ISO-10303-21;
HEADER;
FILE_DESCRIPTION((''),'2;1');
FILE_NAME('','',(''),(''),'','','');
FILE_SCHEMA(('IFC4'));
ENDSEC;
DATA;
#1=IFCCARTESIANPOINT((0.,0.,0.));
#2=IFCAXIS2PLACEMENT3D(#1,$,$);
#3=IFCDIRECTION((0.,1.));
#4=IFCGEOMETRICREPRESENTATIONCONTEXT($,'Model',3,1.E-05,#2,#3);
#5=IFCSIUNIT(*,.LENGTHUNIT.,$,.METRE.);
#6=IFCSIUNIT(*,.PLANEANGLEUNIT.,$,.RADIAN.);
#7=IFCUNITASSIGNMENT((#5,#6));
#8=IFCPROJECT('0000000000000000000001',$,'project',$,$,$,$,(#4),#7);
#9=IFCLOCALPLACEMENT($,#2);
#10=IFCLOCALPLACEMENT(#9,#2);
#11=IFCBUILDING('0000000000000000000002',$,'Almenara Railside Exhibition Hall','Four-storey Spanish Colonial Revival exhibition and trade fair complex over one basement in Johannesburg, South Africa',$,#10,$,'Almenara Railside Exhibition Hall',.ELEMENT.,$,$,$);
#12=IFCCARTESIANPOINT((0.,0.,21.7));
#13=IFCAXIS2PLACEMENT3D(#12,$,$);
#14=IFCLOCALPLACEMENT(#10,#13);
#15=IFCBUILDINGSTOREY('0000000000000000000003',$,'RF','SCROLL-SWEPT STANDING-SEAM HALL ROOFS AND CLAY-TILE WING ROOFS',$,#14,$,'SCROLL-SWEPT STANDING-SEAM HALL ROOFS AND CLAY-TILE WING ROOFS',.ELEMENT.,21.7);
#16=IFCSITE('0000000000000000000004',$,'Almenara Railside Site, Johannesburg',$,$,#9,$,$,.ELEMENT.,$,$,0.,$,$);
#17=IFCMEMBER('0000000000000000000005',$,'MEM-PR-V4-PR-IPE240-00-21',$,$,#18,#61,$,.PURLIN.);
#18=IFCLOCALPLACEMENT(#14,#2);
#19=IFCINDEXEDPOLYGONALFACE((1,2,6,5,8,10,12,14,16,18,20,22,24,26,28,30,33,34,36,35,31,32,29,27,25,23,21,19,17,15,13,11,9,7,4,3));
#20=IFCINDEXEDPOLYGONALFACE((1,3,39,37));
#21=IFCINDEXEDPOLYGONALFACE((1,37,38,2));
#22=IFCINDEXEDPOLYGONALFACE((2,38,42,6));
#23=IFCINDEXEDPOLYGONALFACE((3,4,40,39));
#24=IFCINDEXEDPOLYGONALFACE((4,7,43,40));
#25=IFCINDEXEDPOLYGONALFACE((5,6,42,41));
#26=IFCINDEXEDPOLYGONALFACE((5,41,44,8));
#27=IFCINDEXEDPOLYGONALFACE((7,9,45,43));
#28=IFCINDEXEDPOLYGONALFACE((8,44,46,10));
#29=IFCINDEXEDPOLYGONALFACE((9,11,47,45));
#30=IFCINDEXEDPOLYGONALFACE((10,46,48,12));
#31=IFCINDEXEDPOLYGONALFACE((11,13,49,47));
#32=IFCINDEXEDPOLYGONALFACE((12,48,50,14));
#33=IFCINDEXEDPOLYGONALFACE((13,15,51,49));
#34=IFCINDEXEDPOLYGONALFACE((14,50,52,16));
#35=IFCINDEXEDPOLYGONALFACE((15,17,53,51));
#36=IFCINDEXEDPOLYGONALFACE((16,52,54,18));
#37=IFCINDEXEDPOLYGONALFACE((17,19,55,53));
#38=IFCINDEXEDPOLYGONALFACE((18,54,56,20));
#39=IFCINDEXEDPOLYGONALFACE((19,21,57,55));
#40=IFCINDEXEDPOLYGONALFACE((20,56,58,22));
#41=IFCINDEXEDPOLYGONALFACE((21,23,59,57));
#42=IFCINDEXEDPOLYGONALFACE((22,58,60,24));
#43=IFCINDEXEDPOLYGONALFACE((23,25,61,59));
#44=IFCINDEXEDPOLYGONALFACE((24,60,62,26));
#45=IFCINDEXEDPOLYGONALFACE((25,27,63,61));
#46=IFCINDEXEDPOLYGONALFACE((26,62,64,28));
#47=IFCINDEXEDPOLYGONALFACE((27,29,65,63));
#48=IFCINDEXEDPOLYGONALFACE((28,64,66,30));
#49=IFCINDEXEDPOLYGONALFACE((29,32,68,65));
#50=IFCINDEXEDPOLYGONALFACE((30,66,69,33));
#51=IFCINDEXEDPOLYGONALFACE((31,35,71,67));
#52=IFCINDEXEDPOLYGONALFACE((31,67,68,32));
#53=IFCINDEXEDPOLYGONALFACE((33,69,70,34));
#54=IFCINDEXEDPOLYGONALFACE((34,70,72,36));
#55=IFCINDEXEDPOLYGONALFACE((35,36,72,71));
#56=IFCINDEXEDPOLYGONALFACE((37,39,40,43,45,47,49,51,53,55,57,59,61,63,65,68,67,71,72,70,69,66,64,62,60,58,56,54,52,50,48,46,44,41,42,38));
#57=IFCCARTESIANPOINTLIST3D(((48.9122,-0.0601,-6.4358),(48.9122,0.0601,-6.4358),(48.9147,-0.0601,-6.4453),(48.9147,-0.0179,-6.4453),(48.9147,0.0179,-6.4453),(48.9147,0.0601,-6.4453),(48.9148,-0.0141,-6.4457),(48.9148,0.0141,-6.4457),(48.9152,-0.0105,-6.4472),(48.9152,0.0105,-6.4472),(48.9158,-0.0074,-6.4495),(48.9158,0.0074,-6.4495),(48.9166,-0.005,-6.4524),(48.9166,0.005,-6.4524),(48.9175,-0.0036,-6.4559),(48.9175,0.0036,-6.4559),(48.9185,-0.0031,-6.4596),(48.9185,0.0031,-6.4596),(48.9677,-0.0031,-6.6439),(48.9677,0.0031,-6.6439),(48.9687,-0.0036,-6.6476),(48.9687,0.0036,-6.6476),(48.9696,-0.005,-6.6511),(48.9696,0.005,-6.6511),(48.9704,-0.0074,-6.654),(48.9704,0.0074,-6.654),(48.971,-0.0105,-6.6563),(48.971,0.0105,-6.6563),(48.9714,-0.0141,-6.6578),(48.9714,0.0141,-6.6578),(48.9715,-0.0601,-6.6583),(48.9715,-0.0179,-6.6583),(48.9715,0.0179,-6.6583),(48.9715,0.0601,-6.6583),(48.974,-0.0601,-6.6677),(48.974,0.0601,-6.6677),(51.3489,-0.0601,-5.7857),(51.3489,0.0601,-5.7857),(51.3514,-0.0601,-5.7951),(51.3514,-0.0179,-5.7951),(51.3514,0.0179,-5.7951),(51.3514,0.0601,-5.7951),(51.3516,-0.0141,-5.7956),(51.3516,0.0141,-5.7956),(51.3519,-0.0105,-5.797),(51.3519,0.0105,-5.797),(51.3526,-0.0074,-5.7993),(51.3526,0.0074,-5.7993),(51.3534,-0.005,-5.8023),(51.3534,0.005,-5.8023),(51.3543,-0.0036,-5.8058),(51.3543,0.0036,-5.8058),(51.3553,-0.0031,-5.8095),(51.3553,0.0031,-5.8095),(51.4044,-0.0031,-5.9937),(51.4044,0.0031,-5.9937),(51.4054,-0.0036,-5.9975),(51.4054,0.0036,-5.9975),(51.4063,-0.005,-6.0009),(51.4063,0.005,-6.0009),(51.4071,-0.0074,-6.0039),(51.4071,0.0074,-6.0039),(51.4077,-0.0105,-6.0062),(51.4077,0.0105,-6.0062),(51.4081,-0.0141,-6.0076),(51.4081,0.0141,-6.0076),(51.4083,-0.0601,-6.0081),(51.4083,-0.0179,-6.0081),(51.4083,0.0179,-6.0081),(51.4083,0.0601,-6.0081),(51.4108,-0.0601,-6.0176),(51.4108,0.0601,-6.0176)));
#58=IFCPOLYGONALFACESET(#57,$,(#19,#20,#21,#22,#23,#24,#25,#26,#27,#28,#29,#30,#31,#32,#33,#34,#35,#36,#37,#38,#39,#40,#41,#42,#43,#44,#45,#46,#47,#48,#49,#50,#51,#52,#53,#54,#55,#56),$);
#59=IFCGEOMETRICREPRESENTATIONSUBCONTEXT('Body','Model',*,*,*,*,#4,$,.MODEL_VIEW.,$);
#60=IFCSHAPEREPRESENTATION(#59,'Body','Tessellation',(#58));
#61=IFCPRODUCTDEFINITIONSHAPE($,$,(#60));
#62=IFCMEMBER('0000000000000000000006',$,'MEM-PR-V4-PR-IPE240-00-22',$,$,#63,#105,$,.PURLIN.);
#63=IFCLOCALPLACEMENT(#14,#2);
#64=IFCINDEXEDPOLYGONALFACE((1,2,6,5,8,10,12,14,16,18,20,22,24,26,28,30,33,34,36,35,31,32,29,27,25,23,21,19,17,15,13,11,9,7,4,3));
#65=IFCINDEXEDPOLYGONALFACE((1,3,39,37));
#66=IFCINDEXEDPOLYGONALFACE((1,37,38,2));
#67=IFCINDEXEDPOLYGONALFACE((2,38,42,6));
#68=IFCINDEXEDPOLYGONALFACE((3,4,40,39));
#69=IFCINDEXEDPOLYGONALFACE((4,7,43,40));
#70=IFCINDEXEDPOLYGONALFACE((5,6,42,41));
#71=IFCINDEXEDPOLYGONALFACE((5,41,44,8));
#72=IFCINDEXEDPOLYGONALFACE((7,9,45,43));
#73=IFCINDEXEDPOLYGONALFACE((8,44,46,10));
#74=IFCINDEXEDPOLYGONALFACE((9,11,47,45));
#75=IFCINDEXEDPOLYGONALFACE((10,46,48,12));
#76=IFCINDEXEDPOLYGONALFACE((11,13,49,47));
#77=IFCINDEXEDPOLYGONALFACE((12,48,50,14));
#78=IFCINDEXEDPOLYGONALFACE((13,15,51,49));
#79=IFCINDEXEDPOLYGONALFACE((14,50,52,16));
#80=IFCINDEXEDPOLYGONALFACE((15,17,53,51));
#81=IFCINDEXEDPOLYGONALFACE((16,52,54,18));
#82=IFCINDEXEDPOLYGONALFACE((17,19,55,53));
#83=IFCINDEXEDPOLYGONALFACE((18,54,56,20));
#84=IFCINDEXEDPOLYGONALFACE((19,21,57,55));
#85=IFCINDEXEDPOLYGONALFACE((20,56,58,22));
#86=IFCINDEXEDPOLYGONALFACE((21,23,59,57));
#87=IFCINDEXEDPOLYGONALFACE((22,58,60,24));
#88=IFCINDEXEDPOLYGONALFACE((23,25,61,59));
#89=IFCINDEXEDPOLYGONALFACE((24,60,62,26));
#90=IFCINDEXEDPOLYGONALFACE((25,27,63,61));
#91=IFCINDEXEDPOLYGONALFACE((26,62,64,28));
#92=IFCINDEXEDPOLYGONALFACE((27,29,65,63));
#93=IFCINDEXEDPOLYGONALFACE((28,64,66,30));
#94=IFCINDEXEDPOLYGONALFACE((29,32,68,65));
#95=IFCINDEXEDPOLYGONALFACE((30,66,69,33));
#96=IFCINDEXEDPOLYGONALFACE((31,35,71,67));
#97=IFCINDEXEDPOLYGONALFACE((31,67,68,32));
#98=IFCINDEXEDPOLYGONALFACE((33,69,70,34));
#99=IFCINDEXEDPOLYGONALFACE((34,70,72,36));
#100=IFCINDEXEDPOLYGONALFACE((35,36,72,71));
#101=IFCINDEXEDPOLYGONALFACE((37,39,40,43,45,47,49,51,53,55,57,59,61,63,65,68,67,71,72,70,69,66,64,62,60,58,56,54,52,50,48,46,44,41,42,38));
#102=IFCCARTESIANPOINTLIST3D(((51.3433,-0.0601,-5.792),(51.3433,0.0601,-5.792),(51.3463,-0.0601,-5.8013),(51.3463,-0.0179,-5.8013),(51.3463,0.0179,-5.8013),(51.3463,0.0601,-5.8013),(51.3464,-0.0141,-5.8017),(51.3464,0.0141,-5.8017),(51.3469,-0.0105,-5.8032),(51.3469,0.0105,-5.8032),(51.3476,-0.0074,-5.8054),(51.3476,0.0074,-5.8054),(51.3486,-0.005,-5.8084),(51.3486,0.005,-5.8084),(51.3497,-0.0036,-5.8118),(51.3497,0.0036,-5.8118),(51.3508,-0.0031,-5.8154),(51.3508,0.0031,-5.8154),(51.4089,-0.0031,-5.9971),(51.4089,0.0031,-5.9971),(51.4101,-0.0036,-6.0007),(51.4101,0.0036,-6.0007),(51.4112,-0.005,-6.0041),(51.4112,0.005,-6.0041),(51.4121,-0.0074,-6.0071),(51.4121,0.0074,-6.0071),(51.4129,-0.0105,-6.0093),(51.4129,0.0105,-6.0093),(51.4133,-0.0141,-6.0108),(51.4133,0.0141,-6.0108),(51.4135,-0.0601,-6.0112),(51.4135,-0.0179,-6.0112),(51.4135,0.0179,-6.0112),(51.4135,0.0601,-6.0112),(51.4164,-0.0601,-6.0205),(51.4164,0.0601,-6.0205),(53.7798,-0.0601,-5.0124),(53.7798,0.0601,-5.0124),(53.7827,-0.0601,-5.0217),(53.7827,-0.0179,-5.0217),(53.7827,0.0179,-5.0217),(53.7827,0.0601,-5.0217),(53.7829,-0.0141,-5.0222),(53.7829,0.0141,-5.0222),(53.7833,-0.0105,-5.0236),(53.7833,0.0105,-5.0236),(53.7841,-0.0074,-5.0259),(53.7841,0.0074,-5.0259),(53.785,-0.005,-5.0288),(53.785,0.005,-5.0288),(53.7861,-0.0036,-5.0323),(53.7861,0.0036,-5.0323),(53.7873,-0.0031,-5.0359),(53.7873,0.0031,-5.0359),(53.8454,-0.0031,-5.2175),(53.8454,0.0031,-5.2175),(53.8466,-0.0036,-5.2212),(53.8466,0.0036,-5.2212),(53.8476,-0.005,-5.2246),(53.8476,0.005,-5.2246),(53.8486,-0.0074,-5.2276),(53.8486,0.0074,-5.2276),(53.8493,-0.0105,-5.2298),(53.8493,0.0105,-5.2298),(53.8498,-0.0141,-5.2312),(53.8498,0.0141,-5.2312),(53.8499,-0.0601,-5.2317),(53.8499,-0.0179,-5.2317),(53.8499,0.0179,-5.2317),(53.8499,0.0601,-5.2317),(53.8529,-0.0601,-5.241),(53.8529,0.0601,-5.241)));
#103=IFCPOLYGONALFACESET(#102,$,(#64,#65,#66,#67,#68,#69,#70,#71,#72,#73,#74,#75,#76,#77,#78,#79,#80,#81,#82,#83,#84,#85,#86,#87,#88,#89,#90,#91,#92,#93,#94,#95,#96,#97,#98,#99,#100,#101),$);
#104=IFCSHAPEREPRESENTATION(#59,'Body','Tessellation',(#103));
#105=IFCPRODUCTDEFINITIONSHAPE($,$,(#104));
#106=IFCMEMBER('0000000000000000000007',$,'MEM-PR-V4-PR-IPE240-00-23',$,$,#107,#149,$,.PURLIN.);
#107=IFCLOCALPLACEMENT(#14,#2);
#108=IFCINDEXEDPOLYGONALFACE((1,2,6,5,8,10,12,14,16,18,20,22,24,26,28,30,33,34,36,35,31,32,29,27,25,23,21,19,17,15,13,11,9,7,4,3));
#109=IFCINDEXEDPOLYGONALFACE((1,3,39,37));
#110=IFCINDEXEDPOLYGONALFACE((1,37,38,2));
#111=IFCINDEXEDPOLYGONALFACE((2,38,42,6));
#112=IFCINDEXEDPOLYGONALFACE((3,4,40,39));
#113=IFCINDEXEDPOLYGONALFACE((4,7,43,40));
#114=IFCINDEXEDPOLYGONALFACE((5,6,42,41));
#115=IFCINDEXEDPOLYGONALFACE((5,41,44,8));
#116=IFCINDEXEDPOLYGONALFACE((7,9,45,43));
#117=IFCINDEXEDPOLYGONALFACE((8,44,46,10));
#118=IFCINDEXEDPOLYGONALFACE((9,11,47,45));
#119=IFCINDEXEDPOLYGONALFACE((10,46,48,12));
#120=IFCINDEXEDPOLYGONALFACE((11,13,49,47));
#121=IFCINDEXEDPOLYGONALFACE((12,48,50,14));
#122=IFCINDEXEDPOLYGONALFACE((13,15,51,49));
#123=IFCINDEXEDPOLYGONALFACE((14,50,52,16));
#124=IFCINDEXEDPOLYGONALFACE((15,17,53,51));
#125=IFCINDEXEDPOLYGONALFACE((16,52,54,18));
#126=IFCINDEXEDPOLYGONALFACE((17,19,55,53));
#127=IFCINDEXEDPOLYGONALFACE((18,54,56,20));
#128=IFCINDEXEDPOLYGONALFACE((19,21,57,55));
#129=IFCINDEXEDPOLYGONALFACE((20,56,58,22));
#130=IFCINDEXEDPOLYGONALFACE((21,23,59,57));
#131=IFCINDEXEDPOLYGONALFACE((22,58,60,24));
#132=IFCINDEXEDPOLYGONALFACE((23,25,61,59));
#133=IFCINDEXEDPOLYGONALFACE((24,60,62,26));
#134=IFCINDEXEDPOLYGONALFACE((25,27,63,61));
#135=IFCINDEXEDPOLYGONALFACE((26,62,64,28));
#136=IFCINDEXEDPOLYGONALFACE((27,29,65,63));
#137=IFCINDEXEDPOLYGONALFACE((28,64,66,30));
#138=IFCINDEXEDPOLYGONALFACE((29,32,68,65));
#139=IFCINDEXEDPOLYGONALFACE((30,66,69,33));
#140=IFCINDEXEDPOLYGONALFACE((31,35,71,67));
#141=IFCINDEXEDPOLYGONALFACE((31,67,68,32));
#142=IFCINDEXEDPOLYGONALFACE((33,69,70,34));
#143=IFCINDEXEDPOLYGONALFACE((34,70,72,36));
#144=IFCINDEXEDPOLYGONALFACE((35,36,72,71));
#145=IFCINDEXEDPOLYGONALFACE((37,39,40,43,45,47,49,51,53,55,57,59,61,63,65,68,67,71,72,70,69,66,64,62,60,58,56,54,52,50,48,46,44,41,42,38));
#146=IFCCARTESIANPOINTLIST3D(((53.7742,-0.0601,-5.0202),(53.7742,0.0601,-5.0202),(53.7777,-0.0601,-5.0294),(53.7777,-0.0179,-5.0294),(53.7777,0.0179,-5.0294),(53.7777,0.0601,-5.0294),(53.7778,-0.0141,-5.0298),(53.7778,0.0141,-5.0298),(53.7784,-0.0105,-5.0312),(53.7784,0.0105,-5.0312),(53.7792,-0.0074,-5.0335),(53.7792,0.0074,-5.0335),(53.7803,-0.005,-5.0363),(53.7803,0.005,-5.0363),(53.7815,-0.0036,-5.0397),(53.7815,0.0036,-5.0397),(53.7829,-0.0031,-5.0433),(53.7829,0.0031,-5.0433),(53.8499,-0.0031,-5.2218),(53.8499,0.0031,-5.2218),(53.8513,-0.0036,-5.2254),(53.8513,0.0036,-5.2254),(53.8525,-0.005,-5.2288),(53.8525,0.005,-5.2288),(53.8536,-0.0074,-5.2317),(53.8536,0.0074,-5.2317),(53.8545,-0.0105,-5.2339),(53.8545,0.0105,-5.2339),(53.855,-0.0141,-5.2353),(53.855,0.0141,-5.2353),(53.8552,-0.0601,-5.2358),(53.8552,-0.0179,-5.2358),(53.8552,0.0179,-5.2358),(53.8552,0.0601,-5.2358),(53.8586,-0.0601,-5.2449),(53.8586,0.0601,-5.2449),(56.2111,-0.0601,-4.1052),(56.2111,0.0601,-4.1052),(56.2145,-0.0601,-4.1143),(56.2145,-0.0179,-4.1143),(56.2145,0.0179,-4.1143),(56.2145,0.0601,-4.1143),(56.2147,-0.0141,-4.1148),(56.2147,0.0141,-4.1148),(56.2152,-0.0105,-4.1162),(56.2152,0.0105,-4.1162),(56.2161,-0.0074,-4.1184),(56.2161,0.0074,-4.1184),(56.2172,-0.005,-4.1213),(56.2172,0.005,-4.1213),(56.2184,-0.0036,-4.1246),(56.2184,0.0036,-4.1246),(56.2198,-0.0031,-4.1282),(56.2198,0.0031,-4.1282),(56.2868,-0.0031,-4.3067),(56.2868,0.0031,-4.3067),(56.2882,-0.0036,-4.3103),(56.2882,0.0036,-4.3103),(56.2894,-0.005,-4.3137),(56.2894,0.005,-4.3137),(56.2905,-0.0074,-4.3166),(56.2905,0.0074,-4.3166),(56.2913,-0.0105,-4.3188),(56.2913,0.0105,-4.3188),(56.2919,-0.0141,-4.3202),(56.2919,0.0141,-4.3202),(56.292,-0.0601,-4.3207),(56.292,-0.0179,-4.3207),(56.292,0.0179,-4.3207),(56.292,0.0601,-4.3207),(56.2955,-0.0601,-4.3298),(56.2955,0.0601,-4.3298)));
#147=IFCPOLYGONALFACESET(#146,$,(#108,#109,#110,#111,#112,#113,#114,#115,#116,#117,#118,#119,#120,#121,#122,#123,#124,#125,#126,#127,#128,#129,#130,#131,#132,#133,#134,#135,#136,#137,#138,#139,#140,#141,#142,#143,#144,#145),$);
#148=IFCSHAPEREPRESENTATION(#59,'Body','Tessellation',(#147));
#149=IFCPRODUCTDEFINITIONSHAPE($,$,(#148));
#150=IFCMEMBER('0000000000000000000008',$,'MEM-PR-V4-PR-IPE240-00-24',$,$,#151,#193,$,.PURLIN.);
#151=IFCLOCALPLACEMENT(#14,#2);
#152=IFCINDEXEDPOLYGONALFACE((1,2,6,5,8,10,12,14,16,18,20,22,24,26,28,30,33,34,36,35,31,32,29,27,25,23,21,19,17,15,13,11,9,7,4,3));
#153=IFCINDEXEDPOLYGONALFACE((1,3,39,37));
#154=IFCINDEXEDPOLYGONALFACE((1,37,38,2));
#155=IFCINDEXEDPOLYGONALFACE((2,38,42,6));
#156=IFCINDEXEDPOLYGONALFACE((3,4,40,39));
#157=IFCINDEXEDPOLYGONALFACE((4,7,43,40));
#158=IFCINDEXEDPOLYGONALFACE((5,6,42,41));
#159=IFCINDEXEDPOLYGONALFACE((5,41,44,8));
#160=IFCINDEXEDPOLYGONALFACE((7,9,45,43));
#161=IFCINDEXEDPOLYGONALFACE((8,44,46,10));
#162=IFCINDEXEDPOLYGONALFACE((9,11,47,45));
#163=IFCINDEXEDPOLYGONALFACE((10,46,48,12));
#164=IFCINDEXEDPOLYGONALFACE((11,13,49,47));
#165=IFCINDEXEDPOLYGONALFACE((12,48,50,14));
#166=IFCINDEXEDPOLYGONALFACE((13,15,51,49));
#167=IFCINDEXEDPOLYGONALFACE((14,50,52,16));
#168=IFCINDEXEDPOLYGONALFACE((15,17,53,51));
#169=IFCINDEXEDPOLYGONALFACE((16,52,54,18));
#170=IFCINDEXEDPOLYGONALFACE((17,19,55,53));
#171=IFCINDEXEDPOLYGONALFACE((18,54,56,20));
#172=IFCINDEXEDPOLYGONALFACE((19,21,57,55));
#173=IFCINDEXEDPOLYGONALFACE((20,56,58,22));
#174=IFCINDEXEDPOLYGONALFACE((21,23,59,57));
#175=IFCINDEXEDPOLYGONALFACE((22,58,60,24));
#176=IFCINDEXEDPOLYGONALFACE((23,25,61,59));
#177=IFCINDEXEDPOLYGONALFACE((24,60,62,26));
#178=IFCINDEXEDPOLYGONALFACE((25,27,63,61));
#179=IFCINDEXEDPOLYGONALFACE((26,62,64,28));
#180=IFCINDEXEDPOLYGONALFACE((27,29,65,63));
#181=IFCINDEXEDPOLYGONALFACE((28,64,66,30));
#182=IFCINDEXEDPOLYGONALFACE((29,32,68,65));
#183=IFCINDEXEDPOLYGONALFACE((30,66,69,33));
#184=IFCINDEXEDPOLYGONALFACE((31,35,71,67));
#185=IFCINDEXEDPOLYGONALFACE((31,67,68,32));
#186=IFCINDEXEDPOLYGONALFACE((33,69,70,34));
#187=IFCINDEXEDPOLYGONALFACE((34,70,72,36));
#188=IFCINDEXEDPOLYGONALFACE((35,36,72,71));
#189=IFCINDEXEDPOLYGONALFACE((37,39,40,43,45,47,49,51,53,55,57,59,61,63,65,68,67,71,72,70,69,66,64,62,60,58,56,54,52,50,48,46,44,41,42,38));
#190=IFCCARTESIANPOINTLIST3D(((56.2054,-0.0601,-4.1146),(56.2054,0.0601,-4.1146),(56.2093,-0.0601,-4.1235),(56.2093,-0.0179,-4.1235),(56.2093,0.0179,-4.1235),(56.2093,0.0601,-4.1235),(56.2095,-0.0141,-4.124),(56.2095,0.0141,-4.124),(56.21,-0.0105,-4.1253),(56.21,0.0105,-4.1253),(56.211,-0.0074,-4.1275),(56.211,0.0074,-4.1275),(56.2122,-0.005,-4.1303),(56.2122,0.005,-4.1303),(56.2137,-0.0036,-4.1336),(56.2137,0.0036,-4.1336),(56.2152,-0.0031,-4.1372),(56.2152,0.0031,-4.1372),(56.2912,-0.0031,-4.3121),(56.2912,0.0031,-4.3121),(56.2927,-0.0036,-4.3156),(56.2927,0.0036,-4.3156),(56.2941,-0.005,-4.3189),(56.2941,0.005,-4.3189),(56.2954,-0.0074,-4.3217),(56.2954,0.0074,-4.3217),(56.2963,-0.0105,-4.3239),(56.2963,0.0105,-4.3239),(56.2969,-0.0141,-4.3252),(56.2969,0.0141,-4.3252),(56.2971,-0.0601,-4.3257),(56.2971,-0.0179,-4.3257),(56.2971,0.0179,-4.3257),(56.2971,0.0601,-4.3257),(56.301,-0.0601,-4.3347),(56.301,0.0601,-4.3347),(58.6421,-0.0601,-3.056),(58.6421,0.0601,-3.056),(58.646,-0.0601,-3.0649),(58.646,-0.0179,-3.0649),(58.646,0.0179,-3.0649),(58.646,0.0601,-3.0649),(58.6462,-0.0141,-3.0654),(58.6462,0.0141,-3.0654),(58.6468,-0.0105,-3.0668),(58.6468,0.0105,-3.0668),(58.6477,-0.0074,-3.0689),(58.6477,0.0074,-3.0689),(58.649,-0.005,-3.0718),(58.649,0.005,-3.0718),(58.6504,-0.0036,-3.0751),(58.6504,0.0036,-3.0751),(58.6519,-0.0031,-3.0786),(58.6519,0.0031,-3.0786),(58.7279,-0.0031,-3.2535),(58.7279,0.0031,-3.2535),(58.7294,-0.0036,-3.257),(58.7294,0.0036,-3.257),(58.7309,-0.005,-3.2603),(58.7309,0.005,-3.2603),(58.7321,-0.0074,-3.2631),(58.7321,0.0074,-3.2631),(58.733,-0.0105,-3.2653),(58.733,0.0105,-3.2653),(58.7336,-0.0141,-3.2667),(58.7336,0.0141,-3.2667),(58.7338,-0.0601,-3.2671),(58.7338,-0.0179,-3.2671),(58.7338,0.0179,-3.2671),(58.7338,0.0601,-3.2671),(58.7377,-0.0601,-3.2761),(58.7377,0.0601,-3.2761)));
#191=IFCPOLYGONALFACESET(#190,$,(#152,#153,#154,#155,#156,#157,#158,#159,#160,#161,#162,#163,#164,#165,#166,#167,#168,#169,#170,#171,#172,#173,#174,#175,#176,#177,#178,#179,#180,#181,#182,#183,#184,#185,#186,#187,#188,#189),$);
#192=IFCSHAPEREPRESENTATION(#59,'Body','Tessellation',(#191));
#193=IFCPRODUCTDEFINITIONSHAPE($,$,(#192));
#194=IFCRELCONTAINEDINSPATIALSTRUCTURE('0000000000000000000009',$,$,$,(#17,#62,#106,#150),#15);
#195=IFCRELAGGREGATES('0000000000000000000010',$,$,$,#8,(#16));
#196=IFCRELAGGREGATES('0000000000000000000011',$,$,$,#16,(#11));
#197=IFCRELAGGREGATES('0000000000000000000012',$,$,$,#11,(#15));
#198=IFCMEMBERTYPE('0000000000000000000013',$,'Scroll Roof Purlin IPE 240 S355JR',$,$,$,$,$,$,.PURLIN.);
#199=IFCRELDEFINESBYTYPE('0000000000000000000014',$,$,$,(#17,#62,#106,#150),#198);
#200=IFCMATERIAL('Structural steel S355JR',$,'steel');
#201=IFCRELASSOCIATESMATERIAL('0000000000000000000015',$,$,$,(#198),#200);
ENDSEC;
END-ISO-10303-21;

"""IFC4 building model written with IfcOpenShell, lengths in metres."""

from ifc_helpers import new_model, si_unit, direction, frame, origin, origin_2d, place, context, subcontext, project, spatial, i_section, extrude, material, material_profile, profile_set, type_object, element, save


model = new_model("IFC4")

# Units and contexts
model_context = context("Model", 3, precision=1e-05, world=origin(), true_north=direction((0.0, 1.0)))
body_context = subcontext(model_context, "Body", "Model", "MODEL_VIEW")
ifc_project = project(units=[si_unit("LENGTHUNIT", "METRE"), si_unit("PLANEANGLEUNIT", "RADIAN")], contexts=[model_context])

# Site, building, storey
site_placement = place(None, origin())
site = spatial("IfcSite", under=ifc_project, at=site_placement, Name="Almenara Railside Site, Johannesburg", CompositionType="ELEMENT", RefElevation=0.0)
building_placement = place(site_placement, origin())
building = spatial("IfcBuilding", under=site, at=building_placement, Name="Almenara Railside Exhibition Hall", Description="Four-storey Spanish Colonial Revival exhibition and trade fair complex over one basement in Johannesburg, South Africa", LongName="Almenara Railside Exhibition Hall", CompositionType="ELEMENT")
storey_placement = place(building_placement, frame((0.0, 0.0, 21.7)))
storey = spatial("IfcBuildingStorey", under=building, at=storey_placement, Name="RF", Description="SCROLL-SWEPT STANDING-SEAM HALL ROOFS AND CLAY-TILE WING ROOFS", LongName="SCROLL-SWEPT STANDING-SEAM HALL ROOFS AND CLAY-TILE WING ROOFS", CompositionType="ELEMENT", Elevation=21.7)

# Members
ifc_material_1 = material(Name="Structural steel S355JR", Category="steel")
ifc_material_profile_1 = material_profile(ifc_material_1, i_section(OverallWidth=0.1201, OverallDepth=0.24, WebThickness=0.0061, FlangeThickness=0.0098, FilletRadius=0.0149, at=origin_2d()), Name="IPE 240")
ifc_profile_set_1 = profile_set([ifc_material_profile_1], Name="Structural steel S355JR")
member_type_1 = type_object("IfcMemberType", Name="Scroll Roof Purlin IPE 240 S355JR", PredefinedType="PURLIN", material=ifc_profile_set_1)
member_1_placement = place(storey_placement, frame((48.9431, 0.0, -6.5518), z_axis=(0.966201, 0.0, 0.257789), x_axis=(0.0, 1.0, 0.0)))
element("IfcMember", 1, at=member_1_placement, inside=storey, type_object=member_type_1, Name="MEM-PR-V4-PR-IPE240-00-21", PredefinedType="PURLIN", context=body_context, shape_type="SweptSolid", body=[
    extrude(i_section(OverallWidth=0.1201, OverallDepth=0.24, WebThickness=0.0061, FlangeThickness=0.0098, FilletRadius=0.0149, at=origin_2d()), origin(), (0.0, 0.0, 1.0), 2.522),
])
member_2_placement = place(storey_placement, frame((51.3799, 0.0, -5.9062), z_axis=(0.952441, 0.0, 0.304724), x_axis=(0.0, 1.0, 0.0)))
element("IfcMember", 2, at=member_2_placement, inside=storey, type_object=member_type_1, Name="MEM-PR-V4-PR-IPE240-00-22", PredefinedType="PURLIN", context=body_context, shape_type="SweptSolid", body=[
    extrude(i_section(OverallWidth=0.1201, OverallDepth=0.24, WebThickness=0.0061, FlangeThickness=0.0098, FilletRadius=0.0149, at=origin_2d()), origin(), (0.0, 0.0, 1.0), 2.5581),
])
member_3_placement = place(storey_placement, frame((53.8164, 0.0, -5.1326), z_axis=(0.936171, 0.0, 0.351545), x_axis=(0.0, 1.0, 0.0)))
element("IfcMember", 3, at=member_3_placement, inside=storey, type_object=member_type_1, Name="MEM-PR-V4-PR-IPE240-00-23", PredefinedType="PURLIN", context=body_context, shape_type="SweptSolid", body=[
    extrude(i_section(OverallWidth=0.1201, OverallDepth=0.24, WebThickness=0.0061, FlangeThickness=0.0098, FilletRadius=0.0149, at=origin_2d()), origin(), (0.0, 0.0, 1.0), 2.603),
])
member_4_placement = place(storey_placement, frame((56.2532, 0.0, -4.2246), z_axis=(0.91719, 0.0, 0.398451), x_axis=(0.0, 1.0, 0.0)))
element("IfcMember", 4, at=member_4_placement, inside=storey, type_object=member_type_1, Name="MEM-PR-V4-PR-IPE240-00-24", PredefinedType="PURLIN", context=body_context, shape_type="SweptSolid", body=[
    extrude(i_section(OverallWidth=0.1201, OverallDepth=0.24, WebThickness=0.0061, FlangeThickness=0.0098, FilletRadius=0.0149, at=origin_2d()), origin(), (0.0, 0.0, 1.0), 2.6567),
])

save(model, "model.ifc")
